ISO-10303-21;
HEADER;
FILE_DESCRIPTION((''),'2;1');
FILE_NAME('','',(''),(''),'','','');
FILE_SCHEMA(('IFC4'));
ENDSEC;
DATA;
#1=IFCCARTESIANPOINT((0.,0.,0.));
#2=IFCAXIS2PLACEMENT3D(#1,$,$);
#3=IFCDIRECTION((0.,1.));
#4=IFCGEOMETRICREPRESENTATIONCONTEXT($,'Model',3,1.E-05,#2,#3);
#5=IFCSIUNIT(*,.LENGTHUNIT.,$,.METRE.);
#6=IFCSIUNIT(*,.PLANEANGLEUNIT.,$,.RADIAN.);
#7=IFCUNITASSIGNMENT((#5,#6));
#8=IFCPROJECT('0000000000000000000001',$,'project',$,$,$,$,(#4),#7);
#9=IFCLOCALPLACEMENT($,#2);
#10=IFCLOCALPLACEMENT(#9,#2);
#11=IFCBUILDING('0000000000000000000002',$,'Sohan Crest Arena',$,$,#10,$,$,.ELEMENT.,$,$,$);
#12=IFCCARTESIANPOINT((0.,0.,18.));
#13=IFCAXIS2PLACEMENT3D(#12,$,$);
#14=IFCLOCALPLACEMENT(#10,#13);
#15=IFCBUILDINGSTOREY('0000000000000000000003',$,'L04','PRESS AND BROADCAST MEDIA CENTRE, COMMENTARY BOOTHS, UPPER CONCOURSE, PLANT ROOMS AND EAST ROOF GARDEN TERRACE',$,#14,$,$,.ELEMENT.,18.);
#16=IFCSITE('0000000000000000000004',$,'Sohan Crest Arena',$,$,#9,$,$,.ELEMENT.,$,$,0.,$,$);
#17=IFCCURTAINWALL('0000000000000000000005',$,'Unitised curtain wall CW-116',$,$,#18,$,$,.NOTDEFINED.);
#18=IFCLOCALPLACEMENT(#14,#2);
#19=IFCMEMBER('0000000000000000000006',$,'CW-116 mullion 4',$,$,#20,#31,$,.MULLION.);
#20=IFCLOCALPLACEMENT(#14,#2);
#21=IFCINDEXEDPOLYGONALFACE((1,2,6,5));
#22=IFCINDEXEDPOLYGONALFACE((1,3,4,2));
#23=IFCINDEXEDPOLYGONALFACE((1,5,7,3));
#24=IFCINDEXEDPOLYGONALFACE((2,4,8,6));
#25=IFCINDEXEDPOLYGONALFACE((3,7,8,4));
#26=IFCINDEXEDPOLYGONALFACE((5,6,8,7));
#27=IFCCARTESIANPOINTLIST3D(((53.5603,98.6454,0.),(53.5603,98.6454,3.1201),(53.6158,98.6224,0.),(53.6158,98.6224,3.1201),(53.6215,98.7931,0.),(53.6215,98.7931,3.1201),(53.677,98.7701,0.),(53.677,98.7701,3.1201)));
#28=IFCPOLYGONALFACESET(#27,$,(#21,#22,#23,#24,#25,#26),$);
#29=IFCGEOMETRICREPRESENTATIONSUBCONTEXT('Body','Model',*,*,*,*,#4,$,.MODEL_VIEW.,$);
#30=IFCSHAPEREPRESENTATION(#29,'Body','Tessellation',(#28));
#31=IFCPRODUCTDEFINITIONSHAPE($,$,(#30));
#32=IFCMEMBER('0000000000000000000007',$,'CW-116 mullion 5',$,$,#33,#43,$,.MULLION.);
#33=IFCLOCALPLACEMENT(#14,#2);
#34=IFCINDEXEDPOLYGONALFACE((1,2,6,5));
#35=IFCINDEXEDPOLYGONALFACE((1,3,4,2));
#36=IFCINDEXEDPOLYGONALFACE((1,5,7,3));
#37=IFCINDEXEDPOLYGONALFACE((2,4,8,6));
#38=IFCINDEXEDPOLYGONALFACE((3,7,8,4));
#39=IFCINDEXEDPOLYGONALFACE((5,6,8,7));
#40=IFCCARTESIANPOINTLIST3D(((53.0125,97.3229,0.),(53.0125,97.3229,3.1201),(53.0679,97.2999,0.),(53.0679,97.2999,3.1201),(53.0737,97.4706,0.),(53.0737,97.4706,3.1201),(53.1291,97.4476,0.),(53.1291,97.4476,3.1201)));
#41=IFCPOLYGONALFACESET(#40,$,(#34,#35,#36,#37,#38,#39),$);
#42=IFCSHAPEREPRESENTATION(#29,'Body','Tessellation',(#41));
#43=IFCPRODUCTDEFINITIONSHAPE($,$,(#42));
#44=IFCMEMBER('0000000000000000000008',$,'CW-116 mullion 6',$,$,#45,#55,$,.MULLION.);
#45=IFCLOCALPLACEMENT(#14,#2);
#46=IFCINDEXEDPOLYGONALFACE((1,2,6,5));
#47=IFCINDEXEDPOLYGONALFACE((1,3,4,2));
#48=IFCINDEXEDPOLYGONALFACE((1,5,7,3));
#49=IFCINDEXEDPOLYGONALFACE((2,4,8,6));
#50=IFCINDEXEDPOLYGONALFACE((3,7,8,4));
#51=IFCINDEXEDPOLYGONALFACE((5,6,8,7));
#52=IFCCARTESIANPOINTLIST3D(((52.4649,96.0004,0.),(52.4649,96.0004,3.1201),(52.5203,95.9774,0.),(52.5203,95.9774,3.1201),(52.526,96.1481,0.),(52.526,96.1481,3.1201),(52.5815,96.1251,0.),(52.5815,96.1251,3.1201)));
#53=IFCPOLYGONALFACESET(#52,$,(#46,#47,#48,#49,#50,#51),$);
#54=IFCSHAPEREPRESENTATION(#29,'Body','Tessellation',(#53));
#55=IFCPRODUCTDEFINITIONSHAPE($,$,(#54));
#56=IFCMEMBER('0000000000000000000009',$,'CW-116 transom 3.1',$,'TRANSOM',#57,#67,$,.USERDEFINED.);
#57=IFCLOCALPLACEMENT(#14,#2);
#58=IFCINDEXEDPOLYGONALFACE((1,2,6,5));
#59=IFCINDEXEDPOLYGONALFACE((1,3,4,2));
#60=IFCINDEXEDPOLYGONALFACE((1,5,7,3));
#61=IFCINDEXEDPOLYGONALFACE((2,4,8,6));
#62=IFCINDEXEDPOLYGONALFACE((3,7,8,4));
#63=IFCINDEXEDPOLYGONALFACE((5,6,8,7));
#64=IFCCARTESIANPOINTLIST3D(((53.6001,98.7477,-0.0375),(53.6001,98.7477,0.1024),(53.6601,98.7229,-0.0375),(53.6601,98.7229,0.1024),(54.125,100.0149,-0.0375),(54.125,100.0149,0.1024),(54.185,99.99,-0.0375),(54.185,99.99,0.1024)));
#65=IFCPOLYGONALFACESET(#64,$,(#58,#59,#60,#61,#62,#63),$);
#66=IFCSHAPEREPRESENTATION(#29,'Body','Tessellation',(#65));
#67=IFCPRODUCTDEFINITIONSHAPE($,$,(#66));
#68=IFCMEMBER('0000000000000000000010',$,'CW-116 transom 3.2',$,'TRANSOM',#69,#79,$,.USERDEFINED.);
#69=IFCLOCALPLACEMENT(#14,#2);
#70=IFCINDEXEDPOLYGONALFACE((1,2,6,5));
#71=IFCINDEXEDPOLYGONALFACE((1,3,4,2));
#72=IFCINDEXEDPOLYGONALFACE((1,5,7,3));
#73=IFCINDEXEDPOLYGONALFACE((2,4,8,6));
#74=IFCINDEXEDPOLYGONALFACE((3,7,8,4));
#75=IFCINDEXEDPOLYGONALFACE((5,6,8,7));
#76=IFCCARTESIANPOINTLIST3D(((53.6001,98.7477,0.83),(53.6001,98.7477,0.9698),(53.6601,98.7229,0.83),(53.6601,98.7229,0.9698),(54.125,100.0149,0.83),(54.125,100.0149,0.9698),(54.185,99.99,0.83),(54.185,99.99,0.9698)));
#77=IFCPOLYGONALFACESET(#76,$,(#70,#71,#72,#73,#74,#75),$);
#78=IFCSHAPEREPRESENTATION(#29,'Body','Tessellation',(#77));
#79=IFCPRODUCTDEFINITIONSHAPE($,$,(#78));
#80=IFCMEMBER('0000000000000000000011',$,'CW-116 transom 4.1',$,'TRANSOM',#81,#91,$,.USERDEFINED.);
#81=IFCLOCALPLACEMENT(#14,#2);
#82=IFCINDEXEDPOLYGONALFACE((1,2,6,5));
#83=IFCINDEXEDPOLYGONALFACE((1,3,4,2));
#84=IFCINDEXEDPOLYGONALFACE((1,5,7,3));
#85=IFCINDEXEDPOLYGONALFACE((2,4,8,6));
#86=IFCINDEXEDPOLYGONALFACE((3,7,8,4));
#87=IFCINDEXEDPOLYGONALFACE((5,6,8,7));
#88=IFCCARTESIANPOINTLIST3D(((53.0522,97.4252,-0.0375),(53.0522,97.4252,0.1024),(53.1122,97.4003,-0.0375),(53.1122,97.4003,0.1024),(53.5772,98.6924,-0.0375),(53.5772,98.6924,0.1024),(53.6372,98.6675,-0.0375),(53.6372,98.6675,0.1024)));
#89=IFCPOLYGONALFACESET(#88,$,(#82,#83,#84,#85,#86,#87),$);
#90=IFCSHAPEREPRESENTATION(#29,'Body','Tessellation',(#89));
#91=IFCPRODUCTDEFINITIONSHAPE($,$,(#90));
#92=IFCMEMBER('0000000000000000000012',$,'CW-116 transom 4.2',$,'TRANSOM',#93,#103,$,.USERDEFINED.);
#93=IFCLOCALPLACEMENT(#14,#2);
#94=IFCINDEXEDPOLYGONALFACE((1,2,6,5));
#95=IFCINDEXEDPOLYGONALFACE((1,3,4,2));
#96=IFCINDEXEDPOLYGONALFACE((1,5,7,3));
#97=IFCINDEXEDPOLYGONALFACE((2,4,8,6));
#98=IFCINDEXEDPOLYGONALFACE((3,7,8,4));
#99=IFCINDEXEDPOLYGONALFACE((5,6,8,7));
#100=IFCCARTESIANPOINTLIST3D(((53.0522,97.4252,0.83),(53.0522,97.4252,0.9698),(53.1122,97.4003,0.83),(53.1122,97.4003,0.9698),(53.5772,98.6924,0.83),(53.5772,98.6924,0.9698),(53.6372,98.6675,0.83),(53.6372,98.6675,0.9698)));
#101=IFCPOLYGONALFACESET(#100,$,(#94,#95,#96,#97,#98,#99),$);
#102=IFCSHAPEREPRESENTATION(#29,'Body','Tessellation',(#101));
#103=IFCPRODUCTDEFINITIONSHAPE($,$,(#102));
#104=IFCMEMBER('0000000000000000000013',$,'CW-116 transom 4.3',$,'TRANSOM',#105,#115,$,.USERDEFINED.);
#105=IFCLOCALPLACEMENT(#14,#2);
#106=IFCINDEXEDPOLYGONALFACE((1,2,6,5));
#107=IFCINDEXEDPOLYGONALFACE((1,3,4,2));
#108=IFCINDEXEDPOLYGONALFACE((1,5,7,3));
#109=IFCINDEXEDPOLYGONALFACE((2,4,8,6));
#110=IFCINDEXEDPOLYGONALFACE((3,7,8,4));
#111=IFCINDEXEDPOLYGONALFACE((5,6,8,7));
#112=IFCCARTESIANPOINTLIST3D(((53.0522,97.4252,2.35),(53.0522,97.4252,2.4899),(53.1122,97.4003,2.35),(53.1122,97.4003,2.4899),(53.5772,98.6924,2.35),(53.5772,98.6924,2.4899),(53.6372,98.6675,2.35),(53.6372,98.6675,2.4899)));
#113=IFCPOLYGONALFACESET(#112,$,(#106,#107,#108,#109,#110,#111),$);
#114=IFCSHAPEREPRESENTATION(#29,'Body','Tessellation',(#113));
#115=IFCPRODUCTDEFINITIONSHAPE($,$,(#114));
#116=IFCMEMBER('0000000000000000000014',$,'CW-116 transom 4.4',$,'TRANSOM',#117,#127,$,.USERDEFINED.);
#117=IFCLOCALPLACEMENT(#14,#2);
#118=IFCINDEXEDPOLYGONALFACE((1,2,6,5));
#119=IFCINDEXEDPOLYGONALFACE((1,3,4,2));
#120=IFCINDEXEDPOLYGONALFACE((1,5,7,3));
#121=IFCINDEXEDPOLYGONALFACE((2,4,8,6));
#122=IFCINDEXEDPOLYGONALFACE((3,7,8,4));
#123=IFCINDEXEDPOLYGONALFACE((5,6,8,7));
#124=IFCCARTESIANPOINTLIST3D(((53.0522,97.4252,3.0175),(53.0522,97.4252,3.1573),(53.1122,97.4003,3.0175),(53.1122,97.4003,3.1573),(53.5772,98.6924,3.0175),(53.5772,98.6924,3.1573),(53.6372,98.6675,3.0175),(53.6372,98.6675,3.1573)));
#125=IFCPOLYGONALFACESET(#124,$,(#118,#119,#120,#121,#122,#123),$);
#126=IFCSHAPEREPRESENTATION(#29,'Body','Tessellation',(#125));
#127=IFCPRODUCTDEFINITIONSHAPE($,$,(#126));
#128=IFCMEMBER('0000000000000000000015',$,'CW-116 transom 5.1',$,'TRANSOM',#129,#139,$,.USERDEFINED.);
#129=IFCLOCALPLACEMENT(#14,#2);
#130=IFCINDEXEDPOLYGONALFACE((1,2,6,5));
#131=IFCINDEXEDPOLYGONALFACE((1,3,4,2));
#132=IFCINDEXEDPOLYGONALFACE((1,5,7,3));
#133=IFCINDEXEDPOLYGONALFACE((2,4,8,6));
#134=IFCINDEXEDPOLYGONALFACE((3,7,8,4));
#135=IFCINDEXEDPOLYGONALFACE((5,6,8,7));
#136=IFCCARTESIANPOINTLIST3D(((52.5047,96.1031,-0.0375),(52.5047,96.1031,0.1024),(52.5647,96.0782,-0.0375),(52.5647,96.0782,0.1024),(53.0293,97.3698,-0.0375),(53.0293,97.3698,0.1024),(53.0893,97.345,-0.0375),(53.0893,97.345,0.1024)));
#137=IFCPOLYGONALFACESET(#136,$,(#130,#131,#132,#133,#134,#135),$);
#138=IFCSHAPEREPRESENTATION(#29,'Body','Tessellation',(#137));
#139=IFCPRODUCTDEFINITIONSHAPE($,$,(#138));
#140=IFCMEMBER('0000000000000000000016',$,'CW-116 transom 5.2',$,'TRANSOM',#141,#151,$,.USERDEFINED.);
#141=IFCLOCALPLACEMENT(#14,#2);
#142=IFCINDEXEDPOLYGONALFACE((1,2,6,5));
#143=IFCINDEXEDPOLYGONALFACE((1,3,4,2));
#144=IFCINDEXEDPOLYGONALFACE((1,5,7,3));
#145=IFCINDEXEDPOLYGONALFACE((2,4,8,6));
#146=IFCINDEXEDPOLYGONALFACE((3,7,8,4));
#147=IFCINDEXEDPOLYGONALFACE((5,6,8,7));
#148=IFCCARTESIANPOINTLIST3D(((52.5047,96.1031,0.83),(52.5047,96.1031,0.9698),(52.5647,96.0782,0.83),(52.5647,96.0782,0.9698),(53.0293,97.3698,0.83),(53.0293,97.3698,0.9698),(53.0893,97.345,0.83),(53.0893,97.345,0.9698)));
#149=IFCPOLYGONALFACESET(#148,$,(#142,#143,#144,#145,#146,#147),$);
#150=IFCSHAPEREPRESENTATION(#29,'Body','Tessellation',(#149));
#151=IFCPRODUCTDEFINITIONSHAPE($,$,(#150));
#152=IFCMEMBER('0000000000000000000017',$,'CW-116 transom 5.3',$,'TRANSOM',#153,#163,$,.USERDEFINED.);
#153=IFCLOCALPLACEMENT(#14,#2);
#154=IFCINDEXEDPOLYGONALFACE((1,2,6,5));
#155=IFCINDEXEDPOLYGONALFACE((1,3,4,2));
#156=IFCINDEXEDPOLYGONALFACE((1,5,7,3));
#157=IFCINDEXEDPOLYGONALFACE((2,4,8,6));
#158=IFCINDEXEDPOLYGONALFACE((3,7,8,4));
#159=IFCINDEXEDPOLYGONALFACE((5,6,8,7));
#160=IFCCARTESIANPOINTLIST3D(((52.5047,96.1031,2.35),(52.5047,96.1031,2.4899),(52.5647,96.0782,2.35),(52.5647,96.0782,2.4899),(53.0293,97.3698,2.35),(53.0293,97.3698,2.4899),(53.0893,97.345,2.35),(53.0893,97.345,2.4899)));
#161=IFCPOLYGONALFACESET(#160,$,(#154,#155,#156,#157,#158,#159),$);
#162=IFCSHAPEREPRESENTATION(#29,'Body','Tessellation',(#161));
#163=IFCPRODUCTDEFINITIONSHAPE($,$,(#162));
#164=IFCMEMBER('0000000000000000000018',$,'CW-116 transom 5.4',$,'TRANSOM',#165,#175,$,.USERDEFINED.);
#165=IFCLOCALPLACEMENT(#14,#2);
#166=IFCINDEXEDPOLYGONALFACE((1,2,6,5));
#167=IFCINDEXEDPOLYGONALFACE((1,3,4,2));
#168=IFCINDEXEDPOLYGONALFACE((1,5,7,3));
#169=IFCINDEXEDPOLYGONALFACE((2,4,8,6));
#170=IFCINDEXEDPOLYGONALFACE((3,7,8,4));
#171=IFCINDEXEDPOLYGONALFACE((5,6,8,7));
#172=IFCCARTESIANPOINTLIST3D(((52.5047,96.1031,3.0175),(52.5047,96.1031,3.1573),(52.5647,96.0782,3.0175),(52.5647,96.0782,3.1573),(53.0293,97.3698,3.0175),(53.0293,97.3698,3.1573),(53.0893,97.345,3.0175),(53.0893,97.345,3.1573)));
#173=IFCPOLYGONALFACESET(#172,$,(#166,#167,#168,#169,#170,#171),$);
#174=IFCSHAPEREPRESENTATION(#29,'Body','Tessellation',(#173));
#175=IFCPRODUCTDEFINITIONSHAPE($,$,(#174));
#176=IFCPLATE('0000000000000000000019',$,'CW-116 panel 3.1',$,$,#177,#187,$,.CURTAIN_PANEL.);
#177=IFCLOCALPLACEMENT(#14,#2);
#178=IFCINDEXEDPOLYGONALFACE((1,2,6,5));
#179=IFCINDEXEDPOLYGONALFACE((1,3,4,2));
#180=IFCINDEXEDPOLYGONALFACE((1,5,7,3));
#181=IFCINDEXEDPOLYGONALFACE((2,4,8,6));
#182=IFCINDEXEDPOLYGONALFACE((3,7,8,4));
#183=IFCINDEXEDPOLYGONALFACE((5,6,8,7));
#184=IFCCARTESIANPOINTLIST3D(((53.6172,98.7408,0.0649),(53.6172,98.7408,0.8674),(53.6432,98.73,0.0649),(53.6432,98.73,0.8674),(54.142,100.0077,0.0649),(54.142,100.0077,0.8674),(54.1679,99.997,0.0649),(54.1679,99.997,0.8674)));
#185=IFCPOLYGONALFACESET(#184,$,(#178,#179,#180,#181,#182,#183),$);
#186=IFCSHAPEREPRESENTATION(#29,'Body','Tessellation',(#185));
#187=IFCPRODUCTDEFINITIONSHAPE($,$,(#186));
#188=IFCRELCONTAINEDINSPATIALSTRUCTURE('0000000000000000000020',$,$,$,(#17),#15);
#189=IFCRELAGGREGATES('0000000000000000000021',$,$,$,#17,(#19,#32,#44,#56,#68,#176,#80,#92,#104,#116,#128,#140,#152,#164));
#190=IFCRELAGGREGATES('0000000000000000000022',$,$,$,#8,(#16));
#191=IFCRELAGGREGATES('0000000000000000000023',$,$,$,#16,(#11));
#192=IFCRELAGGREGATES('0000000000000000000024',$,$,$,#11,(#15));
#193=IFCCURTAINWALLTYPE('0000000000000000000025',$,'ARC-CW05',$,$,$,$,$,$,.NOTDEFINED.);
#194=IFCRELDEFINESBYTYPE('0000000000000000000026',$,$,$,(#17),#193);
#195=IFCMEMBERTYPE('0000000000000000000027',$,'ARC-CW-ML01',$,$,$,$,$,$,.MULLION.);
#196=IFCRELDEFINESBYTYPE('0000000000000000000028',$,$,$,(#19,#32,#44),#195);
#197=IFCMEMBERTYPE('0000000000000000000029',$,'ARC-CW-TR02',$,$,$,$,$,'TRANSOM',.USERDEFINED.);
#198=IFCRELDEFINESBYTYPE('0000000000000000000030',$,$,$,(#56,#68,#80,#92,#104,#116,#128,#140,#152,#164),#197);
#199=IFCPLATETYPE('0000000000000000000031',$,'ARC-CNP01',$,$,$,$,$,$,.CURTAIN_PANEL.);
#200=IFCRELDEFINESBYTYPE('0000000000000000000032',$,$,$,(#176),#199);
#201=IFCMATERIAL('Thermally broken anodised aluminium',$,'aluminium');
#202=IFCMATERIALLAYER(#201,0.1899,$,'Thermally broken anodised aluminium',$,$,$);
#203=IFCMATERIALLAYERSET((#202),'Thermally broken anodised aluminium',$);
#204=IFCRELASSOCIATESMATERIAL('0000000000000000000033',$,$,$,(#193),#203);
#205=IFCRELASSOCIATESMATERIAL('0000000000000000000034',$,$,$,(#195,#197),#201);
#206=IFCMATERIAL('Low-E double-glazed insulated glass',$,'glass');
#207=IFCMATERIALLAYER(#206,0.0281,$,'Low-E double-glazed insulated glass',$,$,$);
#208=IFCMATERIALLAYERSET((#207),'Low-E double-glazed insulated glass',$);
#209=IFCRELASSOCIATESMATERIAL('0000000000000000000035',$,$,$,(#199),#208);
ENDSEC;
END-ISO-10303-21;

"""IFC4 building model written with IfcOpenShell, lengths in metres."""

from ifc_helpers import new_model, si_unit, direction, frame, origin, origin_2d, place, context, subcontext, project, spatial, rectangle, extrude, material, layer, layer_set, material_profile, profile_set, type_object, element, aggregate, save


model = new_model("IFC4")

# Units and contexts
model_context = context("Model", 3, precision=1e-05, world=origin(), true_north=direction((0.0, 1.0)))
body_context = subcontext(model_context, "Body", "Model", "MODEL_VIEW")
ifc_project = project(units=[si_unit("LENGTHUNIT", "METRE"), si_unit("PLANEANGLEUNIT", "RADIAN")], contexts=[model_context])

# Site, building, storey
site_placement = place(None, origin())
site = spatial("IfcSite", under=ifc_project, at=site_placement, Name="Sohan Crest Arena", CompositionType="ELEMENT", RefElevation=0.0)
building_placement = place(site_placement, origin())
building = spatial("IfcBuilding", under=site, at=building_placement, Name="Sohan Crest Arena", CompositionType="ELEMENT")
storey_placement = place(building_placement, frame((0.0, 0.0, 18.0)))
storey = spatial("IfcBuildingStorey", under=building, at=storey_placement, Name="L04", Description="PRESS AND BROADCAST MEDIA CENTRE, COMMENTARY BOOTHS, UPPER CONCOURSE, PLANT ROOMS AND EAST ROOF GARDEN TERRACE", CompositionType="ELEMENT", Elevation=18.0)

# Curtain wall, members, plate
ifc_material_1 = material(Name="Thermally broken anodised aluminium", Category="aluminium")
ifc_layer_1 = layer(ifc_material_1, 0.1899, Name="Thermally broken anodised aluminium")
ifc_layer_set_1 = layer_set([ifc_layer_1], Name="Thermally broken anodised aluminium")
curtain_wall_type = type_object("IfcCurtainWallType", Name="ARC-CW05", PredefinedType="NOTDEFINED", material=ifc_layer_set_1)
curtain_wall_placement = place(storey_placement, origin())
curtain_wall = element("IfcCurtainWall", 1, at=curtain_wall_placement, inside=storey, type_object=curtain_wall_type, Name="Unitised curtain wall CW-116", PredefinedType="NOTDEFINED")
ifc_material_profile_1 = material_profile(ifc_material_1, rectangle(XDim=0.0601, YDim=0.1599, at=origin_2d()), Name="ALU-MULL 60x160")
ifc_profile_set_1 = profile_set([ifc_material_profile_1], Name="Thermally broken anodised aluminium")
member_type_1 = type_object("IfcMemberType", Name="ARC-CW-ML01", PredefinedType="MULLION", material=ifc_profile_set_1)
member_1_placement = place(storey_placement, frame((53.6187, 98.7078, 0.0), z_axis=(0.0, 0.0, 1.0), x_axis=(0.923879, -0.382685, 0.0)))
member_1 = element("IfcMember", 2, at=member_1_placement, type_object=member_type_1, Name="CW-116 mullion 4", PredefinedType="MULLION", context=body_context, shape_type="SweptSolid", body=[
    extrude(rectangle(XDim=0.0601, YDim=0.1599, at=origin_2d()), origin(), (0.0, 0.0, 1.0), 3.1201),
])
member_2_placement = place(storey_placement, frame((53.0708, 97.3853, 0.0), z_axis=(0.0, 0.0, 1.0), x_axis=(0.923879, -0.382685, 0.0)))
member_2 = element("IfcMember", 3, at=member_2_placement, type_object=member_type_1, Name="CW-116 mullion 5", PredefinedType="MULLION", context=body_context, shape_type="SweptSolid", body=[
    extrude(rectangle(XDim=0.0601, YDim=0.1599, at=origin_2d()), origin(), (0.0, 0.0, 1.0), 3.1201),
])
member_3_placement = place(storey_placement, frame((52.5232, 96.0627, 0.0), z_axis=(0.0, 0.0, 1.0), x_axis=(0.923879, -0.382685, 0.0)))
member_3 = element("IfcMember", 4, at=member_3_placement, type_object=member_type_1, Name="CW-116 mullion 6", PredefinedType="MULLION", context=body_context, shape_type="SweptSolid", body=[
    extrude(rectangle(XDim=0.0601, YDim=0.1599, at=origin_2d()), origin(), (0.0, 0.0, 1.0), 3.1201),
])
ifc_material_profile_2 = material_profile(ifc_material_1, rectangle(XDim=0.0649, YDim=0.1399, at=origin_2d()), Name="ALU-TRAN 65x140")
ifc_profile_set_2 = profile_set([ifc_material_profile_2], Name="Thermally broken anodised aluminium")
member_type_2 = type_object("IfcMemberType", Name="ARC-CW-TR02", ElementType="TRANSOM", PredefinedType="USERDEFINED", material=ifc_profile_set_2)
member_4_placement = place(storey_placement, frame((54.155, 100.0024, 0.0325), z_axis=(-0.382719, -0.923865, 0.0), x_axis=(0.923865, -0.382719, 0.0)))
member_4 = element("IfcMember", 5, at=member_4_placement, type_object=member_type_2, Name="CW-116 transom 3.1", ObjectType="TRANSOM", PredefinedType="USERDEFINED", context=body_context, shape_type="SweptSolid", body=[
    extrude(rectangle(XDim=0.0649, YDim=0.1399, at=origin_2d()), origin(), (0.0, 0.0, 1.0), 1.3716),
])
member_5_placement = place(storey_placement, frame((54.155, 100.0024, 0.8999), z_axis=(-0.382719, -0.923865, 0.0), x_axis=(0.923865, -0.382719, 0.0)))
member_5 = element("IfcMember", 6, at=member_5_placement, type_object=member_type_2, Name="CW-116 transom 3.2", ObjectType="TRANSOM", PredefinedType="USERDEFINED", context=body_context, shape_type="SweptSolid", body=[
    extrude(rectangle(XDim=0.0649, YDim=0.1399, at=origin_2d()), origin(), (0.0, 0.0, 1.0), 1.3716),
])
member_6_placement = place(storey_placement, frame((53.6072, 98.6799, 0.0325), z_axis=(-0.382719, -0.923865, 0.0), x_axis=(0.923865, -0.382719, 0.0)))
member_6 = element("IfcMember", 7, at=member_6_placement, type_object=member_type_2, Name="CW-116 transom 4.1", ObjectType="TRANSOM", PredefinedType="USERDEFINED", context=body_context, shape_type="SweptSolid", body=[
    extrude(rectangle(XDim=0.0649, YDim=0.1399, at=origin_2d()), origin(), (0.0, 0.0, 1.0), 1.3716),
])
member_7_placement = place(storey_placement, frame((53.6072, 98.6799, 0.8999), z_axis=(-0.382719, -0.923865, 0.0), x_axis=(0.923865, -0.382719, 0.0)))
member_7 = element("IfcMember", 8, at=member_7_placement, type_object=member_type_2, Name="CW-116 transom 4.2", ObjectType="TRANSOM", PredefinedType="USERDEFINED", context=body_context, shape_type="SweptSolid", body=[
    extrude(rectangle(XDim=0.0649, YDim=0.1399, at=origin_2d()), origin(), (0.0, 0.0, 1.0), 1.3716),
])
member_8_placement = place(storey_placement, frame((53.6072, 98.6799, 2.4199), z_axis=(-0.382719, -0.923865, 0.0), x_axis=(0.923865, -0.382719, 0.0)))
member_8 = element("IfcMember", 9, at=member_8_placement, type_object=member_type_2, Name="CW-116 transom 4.3", ObjectType="TRANSOM", PredefinedType="USERDEFINED", context=body_context, shape_type="SweptSolid", body=[
    extrude(rectangle(XDim=0.0649, YDim=0.1399, at=origin_2d()), origin(), (0.0, 0.0, 1.0), 1.3716),
])
member_9_placement = place(storey_placement, frame((53.6072, 98.6799, 3.0874), z_axis=(-0.382719, -0.923865, 0.0), x_axis=(0.923865, -0.382719, 0.0)))
member_9 = element("IfcMember", 10, at=member_9_placement, type_object=member_type_2, Name="CW-116 transom 4.4", ObjectType="TRANSOM", PredefinedType="USERDEFINED", context=body_context, shape_type="SweptSolid", body=[
    extrude(rectangle(XDim=0.0649, YDim=0.1399, at=origin_2d()), origin(), (0.0, 0.0, 1.0), 1.3716),
])
member_10_placement = place(storey_placement, frame((53.0593, 97.3574, 0.0325), z_axis=(-0.38263, -0.923902, 0.0), x_axis=(0.923902, -0.38263, 0.0)))
member_10 = element("IfcMember", 11, at=member_10_placement, type_object=member_type_2, Name="CW-116 transom 5.1", ObjectType="TRANSOM", PredefinedType="USERDEFINED", context=body_context, shape_type="SweptSolid", body=[
    extrude(rectangle(XDim=0.0649, YDim=0.1399, at=origin_2d()), origin(), (0.0, 0.0, 1.0), 1.3711),
])
member_11_placement = place(storey_placement, frame((53.0593, 97.3574, 0.8999), z_axis=(-0.38263, -0.923902, 0.0), x_axis=(0.923902, -0.38263, 0.0)))
member_11 = element("IfcMember", 12, at=member_11_placement, type_object=member_type_2, Name="CW-116 transom 5.2", ObjectType="TRANSOM", PredefinedType="USERDEFINED", context=body_context, shape_type="SweptSolid", body=[
    extrude(rectangle(XDim=0.0649, YDim=0.1399, at=origin_2d()), origin(), (0.0, 0.0, 1.0), 1.3711),
])
member_12_placement = place(storey_placement, frame((53.0593, 97.3574, 2.4199), z_axis=(-0.38263, -0.923902, 0.0), x_axis=(0.923902, -0.38263, 0.0)))
member_12 = element("IfcMember", 13, at=member_12_placement, type_object=member_type_2, Name="CW-116 transom 5.3", ObjectType="TRANSOM", PredefinedType="USERDEFINED", context=body_context, shape_type="SweptSolid", body=[
    extrude(rectangle(XDim=0.0649, YDim=0.1399, at=origin_2d()), origin(), (0.0, 0.0, 1.0), 1.3711),
])
member_13_placement = place(storey_placement, frame((53.0593, 97.3574, 3.0874), z_axis=(-0.38263, -0.923902, 0.0), x_axis=(0.923902, -0.38263, 0.0)))
member_13 = element("IfcMember", 14, at=member_13_placement, type_object=member_type_2, Name="CW-116 transom 5.4", ObjectType="TRANSOM", PredefinedType="USERDEFINED", context=body_context, shape_type="SweptSolid", body=[
    extrude(rectangle(XDim=0.0649, YDim=0.1399, at=origin_2d()), origin(), (0.0, 0.0, 1.0), 1.3711),
])
ifc_material_2 = material(Name="Low-E double-glazed insulated glass", Category="glass")
ifc_layer_2 = layer(ifc_material_2, 0.0281, Name="Low-E double-glazed insulated glass")
ifc_layer_set_2 = layer_set([ifc_layer_2], Name="Low-E double-glazed insulated glass")
plate_type = type_object("IfcPlateType", Name="ARC-CNP01", PredefinedType="CURTAIN_PANEL", material=ifc_layer_set_2)
plate_1_placement = place(storey_placement, frame((53.8926, 99.3689, 0.0649), z_axis=(0.0, 0.0, 1.0), x_axis=(-0.382685, -0.923879, 0.0)))
plate_1 = element("IfcPlate", 15, at=plate_1_placement, type_object=plate_type, Name="CW-116 panel 3.1", PredefinedType="CURTAIN_PANEL", context=body_context, shape_type="SweptSolid", body=[
    extrude(rectangle(XDim=1.3713, YDim=0.0281, at=origin_2d()), origin(), (0.0, 0.0, 1.0), 0.8025),
])
aggregate(curtain_wall, [member_1, member_2, member_3, member_4, member_5, plate_1, member_6, member_7, member_8, member_9, member_10, member_11, member_12, member_13])

save(model, "model.ifc")
